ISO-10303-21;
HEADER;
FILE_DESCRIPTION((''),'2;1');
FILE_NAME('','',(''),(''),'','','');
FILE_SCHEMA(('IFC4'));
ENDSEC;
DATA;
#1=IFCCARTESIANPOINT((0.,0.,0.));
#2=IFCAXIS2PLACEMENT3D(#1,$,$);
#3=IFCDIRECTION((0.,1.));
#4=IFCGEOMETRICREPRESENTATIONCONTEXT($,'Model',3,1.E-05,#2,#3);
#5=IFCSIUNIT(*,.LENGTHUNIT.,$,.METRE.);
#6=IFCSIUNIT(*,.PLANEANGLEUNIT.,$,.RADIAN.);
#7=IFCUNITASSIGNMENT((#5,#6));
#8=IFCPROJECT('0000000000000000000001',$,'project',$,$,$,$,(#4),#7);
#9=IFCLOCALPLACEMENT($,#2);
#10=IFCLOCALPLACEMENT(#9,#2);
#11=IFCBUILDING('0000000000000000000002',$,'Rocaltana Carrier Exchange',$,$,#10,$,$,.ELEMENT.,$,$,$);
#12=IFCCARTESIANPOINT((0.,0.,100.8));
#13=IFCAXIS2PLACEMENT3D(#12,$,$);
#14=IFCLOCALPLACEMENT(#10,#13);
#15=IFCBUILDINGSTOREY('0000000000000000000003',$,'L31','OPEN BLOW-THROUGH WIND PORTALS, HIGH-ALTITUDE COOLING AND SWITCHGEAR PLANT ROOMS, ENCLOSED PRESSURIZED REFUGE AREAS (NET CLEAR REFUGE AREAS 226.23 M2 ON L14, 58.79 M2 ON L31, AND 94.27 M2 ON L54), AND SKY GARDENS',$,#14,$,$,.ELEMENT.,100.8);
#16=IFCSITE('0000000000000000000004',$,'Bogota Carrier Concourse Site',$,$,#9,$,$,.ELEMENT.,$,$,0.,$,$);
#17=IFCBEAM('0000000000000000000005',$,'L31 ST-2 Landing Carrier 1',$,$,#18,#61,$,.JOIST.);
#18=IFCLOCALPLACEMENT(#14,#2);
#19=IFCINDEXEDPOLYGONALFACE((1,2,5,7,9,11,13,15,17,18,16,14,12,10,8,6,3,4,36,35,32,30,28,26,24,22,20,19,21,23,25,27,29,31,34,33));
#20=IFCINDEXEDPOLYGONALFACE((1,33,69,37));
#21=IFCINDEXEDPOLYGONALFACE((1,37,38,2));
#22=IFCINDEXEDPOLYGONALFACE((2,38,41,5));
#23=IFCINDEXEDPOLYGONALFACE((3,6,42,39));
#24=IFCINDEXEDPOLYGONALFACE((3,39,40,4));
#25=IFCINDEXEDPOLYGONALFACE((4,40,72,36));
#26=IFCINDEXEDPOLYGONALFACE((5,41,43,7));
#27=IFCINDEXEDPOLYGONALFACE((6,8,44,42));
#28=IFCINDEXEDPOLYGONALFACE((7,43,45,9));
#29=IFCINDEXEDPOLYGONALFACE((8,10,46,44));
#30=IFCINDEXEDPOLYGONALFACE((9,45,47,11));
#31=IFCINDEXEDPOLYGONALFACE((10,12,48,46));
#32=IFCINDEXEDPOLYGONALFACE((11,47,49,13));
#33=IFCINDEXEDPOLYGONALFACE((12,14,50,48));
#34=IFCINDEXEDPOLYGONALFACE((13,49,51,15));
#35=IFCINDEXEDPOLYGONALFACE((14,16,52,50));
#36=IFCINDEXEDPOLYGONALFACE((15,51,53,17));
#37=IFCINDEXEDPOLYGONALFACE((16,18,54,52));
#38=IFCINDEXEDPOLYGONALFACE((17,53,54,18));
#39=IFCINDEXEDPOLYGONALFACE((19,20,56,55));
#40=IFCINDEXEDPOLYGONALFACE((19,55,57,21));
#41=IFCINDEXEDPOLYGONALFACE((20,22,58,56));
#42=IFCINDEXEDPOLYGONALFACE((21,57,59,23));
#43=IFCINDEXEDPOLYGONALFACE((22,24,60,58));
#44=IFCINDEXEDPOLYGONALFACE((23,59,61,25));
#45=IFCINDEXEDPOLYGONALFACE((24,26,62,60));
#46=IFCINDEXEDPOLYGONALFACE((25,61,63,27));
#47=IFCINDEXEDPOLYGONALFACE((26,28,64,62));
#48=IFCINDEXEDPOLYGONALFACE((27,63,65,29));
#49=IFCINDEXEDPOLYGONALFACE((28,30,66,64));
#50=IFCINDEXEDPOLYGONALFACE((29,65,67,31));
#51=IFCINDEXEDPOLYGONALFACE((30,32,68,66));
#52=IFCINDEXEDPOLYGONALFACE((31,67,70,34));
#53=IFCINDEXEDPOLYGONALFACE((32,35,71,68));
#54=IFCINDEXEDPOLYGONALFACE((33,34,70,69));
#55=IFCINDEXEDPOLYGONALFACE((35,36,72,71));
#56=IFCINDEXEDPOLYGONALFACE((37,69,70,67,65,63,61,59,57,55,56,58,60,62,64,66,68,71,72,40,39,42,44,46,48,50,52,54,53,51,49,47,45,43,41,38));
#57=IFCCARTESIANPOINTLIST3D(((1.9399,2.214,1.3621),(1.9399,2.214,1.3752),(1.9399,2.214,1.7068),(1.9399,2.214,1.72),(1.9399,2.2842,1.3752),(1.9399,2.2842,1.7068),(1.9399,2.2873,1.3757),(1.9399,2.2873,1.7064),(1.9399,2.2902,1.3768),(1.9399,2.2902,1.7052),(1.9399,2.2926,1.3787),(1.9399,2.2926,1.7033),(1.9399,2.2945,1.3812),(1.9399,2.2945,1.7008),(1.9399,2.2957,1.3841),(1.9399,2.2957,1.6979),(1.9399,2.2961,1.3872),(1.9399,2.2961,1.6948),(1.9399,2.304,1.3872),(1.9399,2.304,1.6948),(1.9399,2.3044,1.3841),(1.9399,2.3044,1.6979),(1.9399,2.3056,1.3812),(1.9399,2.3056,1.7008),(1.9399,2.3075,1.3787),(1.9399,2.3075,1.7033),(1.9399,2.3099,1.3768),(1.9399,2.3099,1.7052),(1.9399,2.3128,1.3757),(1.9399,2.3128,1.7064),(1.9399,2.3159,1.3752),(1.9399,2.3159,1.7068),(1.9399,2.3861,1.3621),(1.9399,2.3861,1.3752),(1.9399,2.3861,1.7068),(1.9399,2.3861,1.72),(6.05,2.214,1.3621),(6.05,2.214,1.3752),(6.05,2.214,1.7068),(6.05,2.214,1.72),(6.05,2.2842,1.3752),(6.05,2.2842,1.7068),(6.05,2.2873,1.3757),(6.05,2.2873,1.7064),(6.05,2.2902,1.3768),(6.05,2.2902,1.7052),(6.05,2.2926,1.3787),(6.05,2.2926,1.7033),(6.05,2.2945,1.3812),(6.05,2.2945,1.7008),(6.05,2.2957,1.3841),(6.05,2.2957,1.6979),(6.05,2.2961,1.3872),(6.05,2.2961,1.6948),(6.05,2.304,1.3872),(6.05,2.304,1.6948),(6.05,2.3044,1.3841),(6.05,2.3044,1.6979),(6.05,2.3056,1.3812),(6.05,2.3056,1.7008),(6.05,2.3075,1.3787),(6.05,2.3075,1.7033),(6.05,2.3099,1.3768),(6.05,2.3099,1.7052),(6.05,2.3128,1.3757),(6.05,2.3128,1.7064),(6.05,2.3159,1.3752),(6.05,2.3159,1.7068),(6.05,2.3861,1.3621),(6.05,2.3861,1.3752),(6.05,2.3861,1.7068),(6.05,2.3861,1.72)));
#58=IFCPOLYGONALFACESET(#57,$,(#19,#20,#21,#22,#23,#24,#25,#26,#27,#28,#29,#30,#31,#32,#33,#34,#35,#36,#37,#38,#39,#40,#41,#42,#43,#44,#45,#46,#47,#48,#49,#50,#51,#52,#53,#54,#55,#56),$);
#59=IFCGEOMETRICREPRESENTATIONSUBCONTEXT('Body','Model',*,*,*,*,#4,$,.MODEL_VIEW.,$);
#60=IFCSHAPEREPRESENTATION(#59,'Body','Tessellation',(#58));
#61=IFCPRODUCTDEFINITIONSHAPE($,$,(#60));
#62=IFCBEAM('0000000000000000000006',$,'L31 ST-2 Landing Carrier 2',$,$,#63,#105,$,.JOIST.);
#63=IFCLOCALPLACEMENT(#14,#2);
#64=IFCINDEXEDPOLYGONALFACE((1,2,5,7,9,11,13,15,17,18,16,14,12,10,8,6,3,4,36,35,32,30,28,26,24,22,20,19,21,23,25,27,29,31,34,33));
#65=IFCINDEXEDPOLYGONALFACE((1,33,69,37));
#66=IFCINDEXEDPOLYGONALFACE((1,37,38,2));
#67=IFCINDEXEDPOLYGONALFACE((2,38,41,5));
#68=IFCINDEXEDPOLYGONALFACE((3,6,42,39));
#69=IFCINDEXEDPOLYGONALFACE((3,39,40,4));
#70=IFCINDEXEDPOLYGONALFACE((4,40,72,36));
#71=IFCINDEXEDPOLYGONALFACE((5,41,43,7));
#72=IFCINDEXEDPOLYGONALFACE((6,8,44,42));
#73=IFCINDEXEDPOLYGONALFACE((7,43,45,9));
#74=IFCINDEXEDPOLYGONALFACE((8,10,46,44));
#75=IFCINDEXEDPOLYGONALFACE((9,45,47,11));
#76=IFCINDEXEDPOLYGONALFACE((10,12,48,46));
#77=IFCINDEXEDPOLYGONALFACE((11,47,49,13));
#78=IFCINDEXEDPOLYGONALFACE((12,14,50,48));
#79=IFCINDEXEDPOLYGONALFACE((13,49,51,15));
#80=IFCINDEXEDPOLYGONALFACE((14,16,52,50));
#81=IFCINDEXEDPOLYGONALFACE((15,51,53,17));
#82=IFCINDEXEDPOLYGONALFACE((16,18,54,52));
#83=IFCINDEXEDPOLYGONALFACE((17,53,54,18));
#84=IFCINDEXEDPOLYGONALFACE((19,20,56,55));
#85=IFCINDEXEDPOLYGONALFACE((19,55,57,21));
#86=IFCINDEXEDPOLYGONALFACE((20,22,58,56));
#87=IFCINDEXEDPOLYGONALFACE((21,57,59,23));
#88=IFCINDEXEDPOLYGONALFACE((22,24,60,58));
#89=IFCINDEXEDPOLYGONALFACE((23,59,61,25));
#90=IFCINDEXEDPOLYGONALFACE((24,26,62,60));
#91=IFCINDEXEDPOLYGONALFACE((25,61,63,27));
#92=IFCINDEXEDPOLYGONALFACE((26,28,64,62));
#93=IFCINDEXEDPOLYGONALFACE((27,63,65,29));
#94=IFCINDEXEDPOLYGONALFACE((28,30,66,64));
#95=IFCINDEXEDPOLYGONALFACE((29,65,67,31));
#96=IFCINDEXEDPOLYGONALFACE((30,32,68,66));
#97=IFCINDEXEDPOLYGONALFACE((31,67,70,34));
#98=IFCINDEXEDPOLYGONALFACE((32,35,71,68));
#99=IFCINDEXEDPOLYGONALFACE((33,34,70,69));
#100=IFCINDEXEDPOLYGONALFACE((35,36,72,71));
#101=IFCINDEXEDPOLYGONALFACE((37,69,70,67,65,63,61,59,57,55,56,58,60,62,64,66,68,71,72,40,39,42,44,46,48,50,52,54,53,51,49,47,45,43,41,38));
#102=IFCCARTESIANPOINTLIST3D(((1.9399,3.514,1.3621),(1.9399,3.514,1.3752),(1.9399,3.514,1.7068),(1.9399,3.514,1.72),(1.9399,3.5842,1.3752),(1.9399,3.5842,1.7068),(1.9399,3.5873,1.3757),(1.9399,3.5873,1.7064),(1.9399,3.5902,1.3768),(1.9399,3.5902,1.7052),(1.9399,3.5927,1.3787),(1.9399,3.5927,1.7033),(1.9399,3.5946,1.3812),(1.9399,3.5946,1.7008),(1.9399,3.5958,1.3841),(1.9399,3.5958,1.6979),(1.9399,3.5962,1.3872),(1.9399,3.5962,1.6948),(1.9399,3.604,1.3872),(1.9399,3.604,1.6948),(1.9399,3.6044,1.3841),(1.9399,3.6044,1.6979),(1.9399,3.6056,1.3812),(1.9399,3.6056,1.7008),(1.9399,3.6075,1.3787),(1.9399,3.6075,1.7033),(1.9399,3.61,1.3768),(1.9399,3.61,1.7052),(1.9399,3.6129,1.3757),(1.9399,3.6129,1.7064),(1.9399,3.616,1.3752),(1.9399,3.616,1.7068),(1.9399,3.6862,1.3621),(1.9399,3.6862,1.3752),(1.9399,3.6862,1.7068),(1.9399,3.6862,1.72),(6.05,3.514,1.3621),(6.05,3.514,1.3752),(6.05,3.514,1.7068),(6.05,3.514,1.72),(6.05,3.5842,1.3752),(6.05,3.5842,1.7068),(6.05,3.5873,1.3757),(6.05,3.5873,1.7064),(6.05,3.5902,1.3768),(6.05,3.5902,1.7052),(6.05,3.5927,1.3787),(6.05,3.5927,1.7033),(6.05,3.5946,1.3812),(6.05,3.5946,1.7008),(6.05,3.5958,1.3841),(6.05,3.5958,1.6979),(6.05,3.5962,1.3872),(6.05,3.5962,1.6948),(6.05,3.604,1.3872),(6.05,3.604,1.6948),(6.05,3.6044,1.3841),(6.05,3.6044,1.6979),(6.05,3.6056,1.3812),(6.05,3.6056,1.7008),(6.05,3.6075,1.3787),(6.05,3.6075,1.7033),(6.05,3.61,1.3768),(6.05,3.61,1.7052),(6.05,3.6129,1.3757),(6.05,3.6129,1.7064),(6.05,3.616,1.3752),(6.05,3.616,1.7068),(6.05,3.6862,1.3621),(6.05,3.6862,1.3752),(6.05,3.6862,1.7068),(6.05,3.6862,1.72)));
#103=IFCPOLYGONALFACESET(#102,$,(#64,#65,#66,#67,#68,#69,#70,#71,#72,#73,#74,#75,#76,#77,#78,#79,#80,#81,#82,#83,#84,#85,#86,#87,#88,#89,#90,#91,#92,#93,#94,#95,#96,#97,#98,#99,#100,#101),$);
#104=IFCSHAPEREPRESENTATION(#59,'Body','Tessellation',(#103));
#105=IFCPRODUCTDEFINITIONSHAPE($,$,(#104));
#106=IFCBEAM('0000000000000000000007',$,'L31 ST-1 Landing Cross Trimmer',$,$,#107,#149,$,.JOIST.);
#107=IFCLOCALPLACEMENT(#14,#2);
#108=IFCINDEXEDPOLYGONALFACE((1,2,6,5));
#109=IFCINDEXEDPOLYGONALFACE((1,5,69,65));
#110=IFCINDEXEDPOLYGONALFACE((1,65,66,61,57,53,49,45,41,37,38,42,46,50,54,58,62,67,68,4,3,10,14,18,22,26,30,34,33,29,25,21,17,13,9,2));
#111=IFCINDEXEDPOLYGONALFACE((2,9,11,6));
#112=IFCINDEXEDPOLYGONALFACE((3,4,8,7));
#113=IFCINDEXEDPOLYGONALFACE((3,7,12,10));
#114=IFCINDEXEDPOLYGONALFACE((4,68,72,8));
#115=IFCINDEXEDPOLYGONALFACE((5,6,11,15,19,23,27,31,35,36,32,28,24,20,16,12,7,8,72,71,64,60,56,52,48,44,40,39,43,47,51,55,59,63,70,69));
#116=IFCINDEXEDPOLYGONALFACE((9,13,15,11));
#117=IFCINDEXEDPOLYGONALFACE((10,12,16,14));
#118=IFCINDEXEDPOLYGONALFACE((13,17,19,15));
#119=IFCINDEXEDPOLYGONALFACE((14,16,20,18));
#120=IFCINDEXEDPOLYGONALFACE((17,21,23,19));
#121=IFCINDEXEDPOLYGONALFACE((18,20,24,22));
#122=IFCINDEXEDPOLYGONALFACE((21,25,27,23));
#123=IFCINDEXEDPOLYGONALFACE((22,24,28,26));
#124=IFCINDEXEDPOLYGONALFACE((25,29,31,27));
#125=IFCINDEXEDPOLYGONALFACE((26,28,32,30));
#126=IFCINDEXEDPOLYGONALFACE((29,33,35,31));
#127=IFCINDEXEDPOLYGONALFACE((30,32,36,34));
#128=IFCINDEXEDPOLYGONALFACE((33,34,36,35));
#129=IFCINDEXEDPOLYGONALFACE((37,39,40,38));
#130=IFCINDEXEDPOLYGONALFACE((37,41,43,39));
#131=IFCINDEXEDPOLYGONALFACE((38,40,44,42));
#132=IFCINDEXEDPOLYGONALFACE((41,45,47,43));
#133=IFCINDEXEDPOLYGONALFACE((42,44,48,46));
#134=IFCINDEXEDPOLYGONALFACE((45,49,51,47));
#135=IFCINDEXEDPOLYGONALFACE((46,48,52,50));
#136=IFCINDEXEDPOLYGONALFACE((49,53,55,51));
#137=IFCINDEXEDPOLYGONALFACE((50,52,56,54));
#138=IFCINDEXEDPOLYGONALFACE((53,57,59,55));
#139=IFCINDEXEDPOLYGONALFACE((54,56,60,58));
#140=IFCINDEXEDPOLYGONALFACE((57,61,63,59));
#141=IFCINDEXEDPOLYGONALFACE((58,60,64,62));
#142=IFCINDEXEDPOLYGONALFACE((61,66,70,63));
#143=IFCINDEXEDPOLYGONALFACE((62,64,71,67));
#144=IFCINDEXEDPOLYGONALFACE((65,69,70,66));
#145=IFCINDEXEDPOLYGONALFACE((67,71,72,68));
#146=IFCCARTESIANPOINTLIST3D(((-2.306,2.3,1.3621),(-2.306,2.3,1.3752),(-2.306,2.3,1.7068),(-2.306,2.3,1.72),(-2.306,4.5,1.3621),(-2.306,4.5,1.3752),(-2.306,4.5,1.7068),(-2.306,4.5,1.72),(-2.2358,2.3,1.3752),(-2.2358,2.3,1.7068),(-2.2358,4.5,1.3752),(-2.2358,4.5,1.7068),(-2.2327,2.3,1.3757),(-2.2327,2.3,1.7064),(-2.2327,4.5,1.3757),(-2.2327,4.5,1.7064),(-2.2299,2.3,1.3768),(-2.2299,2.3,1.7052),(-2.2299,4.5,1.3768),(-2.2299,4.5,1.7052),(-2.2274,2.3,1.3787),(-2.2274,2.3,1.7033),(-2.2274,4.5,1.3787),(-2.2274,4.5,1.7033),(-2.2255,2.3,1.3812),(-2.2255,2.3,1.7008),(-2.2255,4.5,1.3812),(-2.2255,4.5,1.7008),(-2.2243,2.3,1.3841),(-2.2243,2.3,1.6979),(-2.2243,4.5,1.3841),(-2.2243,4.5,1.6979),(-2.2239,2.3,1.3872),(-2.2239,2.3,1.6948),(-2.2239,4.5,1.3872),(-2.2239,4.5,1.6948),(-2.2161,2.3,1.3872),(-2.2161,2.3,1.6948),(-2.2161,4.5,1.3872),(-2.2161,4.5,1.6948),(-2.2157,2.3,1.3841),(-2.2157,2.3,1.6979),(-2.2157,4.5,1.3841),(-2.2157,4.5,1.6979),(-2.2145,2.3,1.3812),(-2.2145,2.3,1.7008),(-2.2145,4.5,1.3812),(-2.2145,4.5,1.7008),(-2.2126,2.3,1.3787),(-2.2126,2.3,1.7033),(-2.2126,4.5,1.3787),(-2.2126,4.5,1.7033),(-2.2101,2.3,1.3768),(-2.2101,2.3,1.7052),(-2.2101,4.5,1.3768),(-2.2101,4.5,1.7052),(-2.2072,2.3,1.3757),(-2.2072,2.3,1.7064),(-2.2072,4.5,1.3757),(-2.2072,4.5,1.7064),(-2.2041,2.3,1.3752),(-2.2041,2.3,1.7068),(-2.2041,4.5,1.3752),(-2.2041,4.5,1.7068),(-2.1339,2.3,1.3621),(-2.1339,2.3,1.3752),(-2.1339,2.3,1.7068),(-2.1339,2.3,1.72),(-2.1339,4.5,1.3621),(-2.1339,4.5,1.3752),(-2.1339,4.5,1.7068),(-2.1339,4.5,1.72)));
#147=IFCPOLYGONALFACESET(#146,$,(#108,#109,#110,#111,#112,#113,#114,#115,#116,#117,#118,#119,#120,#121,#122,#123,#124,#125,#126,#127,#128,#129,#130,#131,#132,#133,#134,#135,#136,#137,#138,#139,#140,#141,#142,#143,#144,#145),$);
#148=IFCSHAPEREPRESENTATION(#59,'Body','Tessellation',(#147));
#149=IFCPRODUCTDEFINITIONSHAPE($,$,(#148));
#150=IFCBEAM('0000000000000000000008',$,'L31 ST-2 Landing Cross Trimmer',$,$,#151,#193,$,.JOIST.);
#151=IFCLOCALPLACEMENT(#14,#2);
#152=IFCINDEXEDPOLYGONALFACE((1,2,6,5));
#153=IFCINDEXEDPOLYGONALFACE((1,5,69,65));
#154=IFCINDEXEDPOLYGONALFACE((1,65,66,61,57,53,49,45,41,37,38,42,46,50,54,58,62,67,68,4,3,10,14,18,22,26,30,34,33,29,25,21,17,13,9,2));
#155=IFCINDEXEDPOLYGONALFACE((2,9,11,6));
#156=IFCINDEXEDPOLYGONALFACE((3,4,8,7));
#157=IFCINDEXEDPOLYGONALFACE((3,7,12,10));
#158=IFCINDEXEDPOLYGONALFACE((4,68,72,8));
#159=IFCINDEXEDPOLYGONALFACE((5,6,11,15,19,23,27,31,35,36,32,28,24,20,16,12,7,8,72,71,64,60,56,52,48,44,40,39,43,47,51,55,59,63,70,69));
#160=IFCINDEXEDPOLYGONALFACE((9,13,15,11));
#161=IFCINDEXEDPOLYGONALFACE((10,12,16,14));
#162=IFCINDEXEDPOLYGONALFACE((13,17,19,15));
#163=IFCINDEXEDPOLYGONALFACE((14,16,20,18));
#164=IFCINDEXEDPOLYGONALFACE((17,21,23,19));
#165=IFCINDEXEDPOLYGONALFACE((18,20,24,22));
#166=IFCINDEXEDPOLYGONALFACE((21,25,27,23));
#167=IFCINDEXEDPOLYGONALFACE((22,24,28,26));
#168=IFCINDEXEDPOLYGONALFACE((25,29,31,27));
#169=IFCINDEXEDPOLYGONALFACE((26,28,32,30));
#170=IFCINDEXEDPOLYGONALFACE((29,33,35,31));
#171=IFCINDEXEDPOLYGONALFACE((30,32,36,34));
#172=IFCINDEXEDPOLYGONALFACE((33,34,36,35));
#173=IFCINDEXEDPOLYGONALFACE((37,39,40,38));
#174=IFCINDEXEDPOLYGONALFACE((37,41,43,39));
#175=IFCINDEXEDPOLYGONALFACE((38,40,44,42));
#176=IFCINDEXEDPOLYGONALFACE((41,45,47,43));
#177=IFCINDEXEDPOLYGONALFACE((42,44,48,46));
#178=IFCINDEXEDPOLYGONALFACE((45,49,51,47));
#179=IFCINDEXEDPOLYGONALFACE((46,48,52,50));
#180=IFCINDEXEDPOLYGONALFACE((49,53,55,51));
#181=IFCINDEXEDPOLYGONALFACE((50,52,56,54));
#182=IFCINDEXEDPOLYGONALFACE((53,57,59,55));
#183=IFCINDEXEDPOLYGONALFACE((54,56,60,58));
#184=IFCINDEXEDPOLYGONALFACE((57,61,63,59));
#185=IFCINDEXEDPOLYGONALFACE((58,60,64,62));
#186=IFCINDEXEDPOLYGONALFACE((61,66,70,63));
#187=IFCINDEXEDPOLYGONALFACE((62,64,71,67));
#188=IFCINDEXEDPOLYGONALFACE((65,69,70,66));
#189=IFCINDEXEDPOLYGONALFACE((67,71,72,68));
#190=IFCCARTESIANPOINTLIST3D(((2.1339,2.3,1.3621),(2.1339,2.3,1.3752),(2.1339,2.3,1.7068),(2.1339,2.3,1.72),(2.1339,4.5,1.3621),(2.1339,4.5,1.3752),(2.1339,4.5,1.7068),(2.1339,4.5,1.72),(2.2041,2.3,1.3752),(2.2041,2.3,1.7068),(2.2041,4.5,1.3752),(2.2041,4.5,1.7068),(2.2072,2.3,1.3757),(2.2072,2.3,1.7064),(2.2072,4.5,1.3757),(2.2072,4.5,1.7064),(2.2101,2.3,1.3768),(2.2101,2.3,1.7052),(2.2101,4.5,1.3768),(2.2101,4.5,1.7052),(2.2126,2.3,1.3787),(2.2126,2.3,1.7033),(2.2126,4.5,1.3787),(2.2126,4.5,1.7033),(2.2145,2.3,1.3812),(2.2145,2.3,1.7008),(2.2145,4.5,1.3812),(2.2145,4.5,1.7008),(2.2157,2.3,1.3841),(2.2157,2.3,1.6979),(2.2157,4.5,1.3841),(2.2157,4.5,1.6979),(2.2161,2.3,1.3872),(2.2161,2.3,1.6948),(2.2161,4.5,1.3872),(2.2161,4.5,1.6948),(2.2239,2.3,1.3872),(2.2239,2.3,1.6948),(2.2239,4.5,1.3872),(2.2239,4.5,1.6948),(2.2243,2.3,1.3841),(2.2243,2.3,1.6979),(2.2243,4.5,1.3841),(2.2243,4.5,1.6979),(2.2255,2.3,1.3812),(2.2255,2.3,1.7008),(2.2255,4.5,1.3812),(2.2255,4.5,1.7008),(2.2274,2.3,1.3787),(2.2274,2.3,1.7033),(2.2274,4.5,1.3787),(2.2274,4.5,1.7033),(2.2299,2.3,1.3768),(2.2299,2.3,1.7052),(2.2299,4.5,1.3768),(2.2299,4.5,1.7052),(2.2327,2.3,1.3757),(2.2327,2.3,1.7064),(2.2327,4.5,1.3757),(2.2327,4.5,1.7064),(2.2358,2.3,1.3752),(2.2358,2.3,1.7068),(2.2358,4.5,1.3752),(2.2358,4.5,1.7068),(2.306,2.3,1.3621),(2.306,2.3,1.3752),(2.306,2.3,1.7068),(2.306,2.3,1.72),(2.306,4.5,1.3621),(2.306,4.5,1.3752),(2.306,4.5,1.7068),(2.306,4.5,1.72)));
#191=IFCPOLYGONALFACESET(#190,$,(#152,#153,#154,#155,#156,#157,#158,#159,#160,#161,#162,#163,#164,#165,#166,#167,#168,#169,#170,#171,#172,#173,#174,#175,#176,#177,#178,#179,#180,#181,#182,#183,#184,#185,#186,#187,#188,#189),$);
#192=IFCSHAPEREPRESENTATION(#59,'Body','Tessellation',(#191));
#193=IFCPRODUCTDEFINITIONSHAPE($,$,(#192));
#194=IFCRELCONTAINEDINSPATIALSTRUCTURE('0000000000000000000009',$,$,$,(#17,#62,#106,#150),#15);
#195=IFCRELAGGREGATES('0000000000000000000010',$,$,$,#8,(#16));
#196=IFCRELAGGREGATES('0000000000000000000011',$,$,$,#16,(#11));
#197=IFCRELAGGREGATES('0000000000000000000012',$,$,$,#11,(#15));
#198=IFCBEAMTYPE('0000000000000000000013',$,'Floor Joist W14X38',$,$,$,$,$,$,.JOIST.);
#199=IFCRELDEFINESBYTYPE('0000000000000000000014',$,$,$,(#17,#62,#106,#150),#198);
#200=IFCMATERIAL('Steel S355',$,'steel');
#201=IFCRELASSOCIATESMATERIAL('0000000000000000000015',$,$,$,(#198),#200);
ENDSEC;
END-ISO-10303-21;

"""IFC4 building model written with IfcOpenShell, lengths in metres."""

from ifc_helpers import new_model, si_unit, direction, frame, origin, origin_2d, place, context, subcontext, project, spatial, i_section, extrude, material, material_profile, profile_set, type_object, element, save


model = new_model("IFC4")

# Units and contexts
model_context = context("Model", 3, precision=1e-05, world=origin(), true_north=direction((0.0, 1.0)))
body_context = subcontext(model_context, "Body", "Model", "MODEL_VIEW")
ifc_project = project(units=[si_unit("LENGTHUNIT", "METRE"), si_unit("PLANEANGLEUNIT", "RADIAN")], contexts=[model_context])

# Site, building, storey
site_placement = place(None, origin())
site = spatial("IfcSite", under=ifc_project, at=site_placement, Name="Bogota Carrier Concourse Site", CompositionType="ELEMENT", RefElevation=0.0)
building_placement = place(site_placement, origin())
building = spatial("IfcBuilding", under=site, at=building_placement, Name="Rocaltana Carrier Exchange", CompositionType="ELEMENT")
storey_placement = place(building_placement, frame((0.0, 0.0, 100.8)))
storey = spatial("IfcBuildingStorey", under=building, at=storey_placement, Name="L31", Description="OPEN BLOW-THROUGH WIND PORTALS, HIGH-ALTITUDE COOLING AND SWITCHGEAR PLANT ROOMS, ENCLOSED PRESSURIZED REFUGE AREAS (NET CLEAR REFUGE AREAS 226.23 M2 ON L14, 58.79 M2 ON L31, AND 94.27 M2 ON L54), AND SKY GARDENS", CompositionType="ELEMENT", Elevation=100.8)

# Beams
ifc_material_1 = material(Name="Steel S355", Category="steel")
ifc_material_profile = material_profile(ifc_material_1, i_section(OverallWidth=0.1721, OverallDepth=0.3579, WebThickness=0.0078, FlangeThickness=0.0132, FilletRadius=0.012, at=origin_2d()), Name="W14X38")
ifc_profile_set = profile_set([ifc_material_profile], Name="Steel S355")
beam_type = type_object("IfcBeamType", Name="Floor Joist W14X38", PredefinedType="JOIST", material=ifc_profile_set)
for number, where, z_axis, x_axis, name in (
    (1, (1.9399, 2.3, 1.541), (1.0, 0.0, 0.0), (0.0, 1.0, 0.0), "L31 ST-2 Landing Carrier 1"),
    (2, (1.9399, 3.6001, 1.541), (1.0, 0.0, 0.0), (0.0, 1.0, 0.0), "L31 ST-2 Landing Carrier 2"),
):
    element("IfcBeam", number, at=place(storey_placement, frame(where, z_axis=z_axis, x_axis=x_axis)), inside=storey, type_object=beam_type, Name=name, PredefinedType="JOIST", context=body_context, shape_type="SweptSolid", body=[
        extrude(i_section(OverallWidth=0.1721, OverallDepth=0.3579, WebThickness=0.0078, FlangeThickness=0.0132, FilletRadius=0.012, at=origin_2d()), origin(), (0.0, 0.0, 1.0), 4.1101),
    ])
for number, where, z_axis, x_axis, name in (
    (3, (-2.22, 2.3, 1.541), (0.0, 1.0, 0.0), (-1.0, 0.0, 0.0), "L31 ST-1 Landing Cross Trimmer"),
    (4, (2.22, 2.3, 1.541), (0.0, 1.0, 0.0), (-1.0, 0.0, 0.0), "L31 ST-2 Landing Cross Trimmer"),
):
    element("IfcBeam", number, at=place(storey_placement, frame(where, z_axis=z_axis, x_axis=x_axis)), inside=storey, type_object=beam_type, Name=name, PredefinedType="JOIST", context=body_context, shape_type="SweptSolid", body=[
        extrude(i_section(OverallWidth=0.1721, OverallDepth=0.3579, WebThickness=0.0078, FlangeThickness=0.0132, FilletRadius=0.012, at=origin_2d()), origin(), (0.0, 0.0, 1.0), 2.2),
    ])

save(model, "model.ifc")
